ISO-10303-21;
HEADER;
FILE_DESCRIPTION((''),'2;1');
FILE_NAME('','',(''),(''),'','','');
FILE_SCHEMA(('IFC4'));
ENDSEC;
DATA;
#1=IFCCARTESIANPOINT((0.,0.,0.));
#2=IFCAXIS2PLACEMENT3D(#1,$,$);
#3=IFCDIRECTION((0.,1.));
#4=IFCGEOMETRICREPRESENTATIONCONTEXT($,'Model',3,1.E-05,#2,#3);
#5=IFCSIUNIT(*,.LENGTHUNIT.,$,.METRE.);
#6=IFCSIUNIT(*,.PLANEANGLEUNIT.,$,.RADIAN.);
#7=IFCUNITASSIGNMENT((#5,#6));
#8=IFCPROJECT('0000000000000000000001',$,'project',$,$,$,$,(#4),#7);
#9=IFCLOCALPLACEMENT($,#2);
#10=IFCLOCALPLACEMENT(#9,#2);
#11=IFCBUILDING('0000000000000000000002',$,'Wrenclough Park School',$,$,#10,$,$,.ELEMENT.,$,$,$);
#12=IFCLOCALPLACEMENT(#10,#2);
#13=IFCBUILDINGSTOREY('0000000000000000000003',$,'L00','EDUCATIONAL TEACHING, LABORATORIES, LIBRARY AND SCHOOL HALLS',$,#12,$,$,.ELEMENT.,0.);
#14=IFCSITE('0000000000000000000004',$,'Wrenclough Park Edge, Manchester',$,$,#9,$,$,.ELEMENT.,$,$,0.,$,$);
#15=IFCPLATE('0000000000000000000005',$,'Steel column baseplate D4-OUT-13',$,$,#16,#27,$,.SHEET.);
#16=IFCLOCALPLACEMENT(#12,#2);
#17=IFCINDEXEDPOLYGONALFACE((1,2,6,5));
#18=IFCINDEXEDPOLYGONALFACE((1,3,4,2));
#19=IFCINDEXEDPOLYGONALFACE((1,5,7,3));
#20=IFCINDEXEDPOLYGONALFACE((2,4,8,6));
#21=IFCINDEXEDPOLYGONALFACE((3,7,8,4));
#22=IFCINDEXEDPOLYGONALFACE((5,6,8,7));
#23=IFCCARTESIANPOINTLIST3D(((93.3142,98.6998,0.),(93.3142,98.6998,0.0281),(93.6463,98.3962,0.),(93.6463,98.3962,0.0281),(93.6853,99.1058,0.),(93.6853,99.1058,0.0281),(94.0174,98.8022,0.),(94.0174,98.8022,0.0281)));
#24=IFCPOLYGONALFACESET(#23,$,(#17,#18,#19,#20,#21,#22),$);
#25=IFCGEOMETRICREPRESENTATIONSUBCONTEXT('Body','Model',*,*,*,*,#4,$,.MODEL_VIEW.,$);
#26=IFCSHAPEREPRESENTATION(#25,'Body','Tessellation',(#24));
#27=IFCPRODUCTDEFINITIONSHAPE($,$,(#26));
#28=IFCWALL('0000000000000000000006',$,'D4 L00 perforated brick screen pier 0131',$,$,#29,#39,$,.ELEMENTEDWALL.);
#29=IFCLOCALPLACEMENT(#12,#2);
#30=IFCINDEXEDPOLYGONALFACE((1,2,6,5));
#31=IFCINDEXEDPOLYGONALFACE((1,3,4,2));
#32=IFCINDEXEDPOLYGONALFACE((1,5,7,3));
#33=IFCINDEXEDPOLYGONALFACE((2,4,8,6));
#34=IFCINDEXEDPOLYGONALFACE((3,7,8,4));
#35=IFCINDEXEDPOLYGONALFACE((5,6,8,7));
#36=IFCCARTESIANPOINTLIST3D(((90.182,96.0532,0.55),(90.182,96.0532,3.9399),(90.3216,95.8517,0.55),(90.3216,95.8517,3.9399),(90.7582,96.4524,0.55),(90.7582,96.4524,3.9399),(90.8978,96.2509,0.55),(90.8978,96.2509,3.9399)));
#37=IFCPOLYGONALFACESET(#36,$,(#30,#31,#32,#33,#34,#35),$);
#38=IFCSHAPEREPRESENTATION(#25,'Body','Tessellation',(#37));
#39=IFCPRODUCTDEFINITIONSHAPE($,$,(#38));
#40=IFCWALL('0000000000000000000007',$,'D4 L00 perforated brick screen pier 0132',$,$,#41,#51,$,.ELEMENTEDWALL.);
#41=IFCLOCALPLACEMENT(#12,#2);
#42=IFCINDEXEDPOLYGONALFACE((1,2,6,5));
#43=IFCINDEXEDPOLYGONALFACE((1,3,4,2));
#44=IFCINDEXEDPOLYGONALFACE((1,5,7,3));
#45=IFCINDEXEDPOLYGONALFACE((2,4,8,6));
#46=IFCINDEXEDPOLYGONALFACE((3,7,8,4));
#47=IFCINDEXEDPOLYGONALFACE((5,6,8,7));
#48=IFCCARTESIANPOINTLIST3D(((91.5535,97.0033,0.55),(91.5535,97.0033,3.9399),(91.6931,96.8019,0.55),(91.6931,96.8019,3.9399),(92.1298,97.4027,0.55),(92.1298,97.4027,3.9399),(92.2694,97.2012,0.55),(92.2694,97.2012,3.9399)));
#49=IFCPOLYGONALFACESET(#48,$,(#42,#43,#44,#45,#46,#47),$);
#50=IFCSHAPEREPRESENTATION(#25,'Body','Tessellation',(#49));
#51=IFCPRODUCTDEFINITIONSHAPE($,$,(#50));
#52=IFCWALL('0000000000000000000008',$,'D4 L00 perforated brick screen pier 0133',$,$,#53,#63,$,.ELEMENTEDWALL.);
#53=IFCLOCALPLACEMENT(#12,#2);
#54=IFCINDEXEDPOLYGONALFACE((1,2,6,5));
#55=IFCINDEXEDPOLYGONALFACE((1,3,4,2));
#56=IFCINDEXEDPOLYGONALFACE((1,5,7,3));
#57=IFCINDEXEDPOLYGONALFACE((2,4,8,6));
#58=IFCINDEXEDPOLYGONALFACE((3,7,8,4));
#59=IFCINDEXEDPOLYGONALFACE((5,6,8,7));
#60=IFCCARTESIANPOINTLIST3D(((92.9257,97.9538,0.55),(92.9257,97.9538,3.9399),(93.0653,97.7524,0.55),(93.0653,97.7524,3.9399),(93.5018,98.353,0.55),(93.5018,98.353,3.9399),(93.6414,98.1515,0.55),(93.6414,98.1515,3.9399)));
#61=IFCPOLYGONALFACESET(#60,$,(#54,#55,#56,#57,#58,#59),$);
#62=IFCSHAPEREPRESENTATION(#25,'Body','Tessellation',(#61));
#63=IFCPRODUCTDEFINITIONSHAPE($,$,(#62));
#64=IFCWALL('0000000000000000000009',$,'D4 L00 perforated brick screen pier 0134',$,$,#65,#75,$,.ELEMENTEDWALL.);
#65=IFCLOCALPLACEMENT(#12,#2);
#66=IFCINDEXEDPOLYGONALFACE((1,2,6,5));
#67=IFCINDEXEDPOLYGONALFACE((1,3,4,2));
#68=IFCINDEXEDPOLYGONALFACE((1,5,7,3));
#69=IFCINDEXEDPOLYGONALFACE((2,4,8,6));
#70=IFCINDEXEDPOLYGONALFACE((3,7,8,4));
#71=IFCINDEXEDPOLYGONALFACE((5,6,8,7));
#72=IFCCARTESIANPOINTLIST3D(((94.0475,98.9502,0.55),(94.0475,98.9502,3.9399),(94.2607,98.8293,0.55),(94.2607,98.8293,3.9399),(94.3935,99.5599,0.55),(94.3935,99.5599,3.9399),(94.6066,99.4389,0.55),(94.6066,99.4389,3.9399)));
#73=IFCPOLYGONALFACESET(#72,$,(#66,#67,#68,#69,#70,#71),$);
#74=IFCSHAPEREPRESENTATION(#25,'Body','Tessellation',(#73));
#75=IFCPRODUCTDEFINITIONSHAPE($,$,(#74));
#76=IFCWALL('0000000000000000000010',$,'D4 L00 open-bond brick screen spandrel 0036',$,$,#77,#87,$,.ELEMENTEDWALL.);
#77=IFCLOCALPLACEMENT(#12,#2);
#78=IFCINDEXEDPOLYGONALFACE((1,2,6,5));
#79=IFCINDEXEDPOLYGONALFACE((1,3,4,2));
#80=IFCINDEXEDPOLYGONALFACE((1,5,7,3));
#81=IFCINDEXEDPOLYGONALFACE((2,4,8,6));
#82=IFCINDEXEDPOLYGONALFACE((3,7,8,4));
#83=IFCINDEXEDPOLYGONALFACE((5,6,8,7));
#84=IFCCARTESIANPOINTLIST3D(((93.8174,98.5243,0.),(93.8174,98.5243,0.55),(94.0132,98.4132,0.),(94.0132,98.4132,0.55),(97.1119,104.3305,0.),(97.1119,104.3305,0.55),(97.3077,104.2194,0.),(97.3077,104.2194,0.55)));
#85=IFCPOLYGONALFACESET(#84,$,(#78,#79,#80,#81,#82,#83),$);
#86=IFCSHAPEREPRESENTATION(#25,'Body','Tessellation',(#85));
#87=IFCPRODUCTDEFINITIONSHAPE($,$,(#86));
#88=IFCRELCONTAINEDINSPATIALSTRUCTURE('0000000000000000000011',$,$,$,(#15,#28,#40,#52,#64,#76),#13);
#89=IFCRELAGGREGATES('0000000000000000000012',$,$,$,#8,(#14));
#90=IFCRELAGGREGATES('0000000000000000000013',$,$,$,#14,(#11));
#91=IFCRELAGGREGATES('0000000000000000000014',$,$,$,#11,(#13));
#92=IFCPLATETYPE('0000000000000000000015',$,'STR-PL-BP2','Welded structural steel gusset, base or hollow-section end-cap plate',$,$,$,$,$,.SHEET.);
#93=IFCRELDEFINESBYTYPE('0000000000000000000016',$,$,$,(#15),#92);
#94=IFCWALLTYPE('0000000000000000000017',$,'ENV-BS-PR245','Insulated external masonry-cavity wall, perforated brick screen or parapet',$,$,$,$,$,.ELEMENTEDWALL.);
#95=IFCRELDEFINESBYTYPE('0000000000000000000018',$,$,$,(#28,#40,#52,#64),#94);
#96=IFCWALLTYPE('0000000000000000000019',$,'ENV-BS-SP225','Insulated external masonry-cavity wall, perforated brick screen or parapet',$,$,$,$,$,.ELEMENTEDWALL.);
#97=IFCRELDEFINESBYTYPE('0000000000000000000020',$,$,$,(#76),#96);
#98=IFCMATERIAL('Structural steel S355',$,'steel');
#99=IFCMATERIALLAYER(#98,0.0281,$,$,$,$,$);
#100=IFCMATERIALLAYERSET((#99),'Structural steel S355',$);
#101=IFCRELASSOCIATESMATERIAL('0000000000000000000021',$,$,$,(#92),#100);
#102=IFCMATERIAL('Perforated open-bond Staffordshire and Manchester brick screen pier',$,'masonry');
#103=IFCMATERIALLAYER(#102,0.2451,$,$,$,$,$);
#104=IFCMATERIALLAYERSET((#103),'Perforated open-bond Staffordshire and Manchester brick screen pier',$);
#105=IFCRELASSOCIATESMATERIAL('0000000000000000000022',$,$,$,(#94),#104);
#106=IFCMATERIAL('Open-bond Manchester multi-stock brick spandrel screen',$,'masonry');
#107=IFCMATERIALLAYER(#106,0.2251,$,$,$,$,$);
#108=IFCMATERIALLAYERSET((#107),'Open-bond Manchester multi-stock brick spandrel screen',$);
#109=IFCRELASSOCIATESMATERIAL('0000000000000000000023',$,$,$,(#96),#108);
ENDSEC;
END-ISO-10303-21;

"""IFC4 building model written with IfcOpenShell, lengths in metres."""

from ifc_helpers import new_model, si_unit, direction, frame, frame_2d, origin, origin_2d, place, context, subcontext, project, spatial, rectangle, extrude, material, layer, layer_set, type_object, element, save


model = new_model("IFC4")

# Units and contexts
model_context = context("Model", 3, precision=1e-05, world=origin(), true_north=direction((0.0, 1.0)))
body_context = subcontext(model_context, "Body", "Model", "MODEL_VIEW")
ifc_project = project(units=[si_unit("LENGTHUNIT", "METRE"), si_unit("PLANEANGLEUNIT", "RADIAN")], contexts=[model_context])

# Site, building, storey
site_placement = place(None, origin())
site = spatial("IfcSite", under=ifc_project, at=site_placement, Name="Wrenclough Park Edge, Manchester", CompositionType="ELEMENT", RefElevation=0.0)
building_placement = place(site_placement, origin())
building = spatial("IfcBuilding", under=site, at=building_placement, Name="Wrenclough Park School", CompositionType="ELEMENT")
storey_placement = place(building_placement, origin())
storey = spatial("IfcBuildingStorey", under=building, at=storey_placement, Name="L00", Description="EDUCATIONAL TEACHING, LABORATORIES, LIBRARY AND SCHOOL HALLS", CompositionType="ELEMENT", Elevation=0.0)

# Shared definitions
ifc_material_1 = material(Name="Structural steel S355", Category="steel")

# Plate
ifc_layer_1 = layer(ifc_material_1, 0.0281)
ifc_layer_set_1 = layer_set([ifc_layer_1], Name="Structural steel S355")
plate_type_1 = type_object("IfcPlateType", Name="STR-PL-BP2", Description="Welded structural steel gusset, base or hollow-section end-cap plate", PredefinedType="SHEET", material=ifc_layer_set_1)
plate_1_placement = place(storey_placement, frame((93.6658, 98.751, 0.0), z_axis=(0.0, 0.0, 1.0), x_axis=(0.674689, 0.738102, 0.0)))
element("IfcPlate", 1, at=plate_1_placement, inside=storey, type_object=plate_type_1, Name="Steel column baseplate D4-OUT-13", PredefinedType="SHEET", context=body_context, shape_type="SweptSolid", body=[
    extrude(rectangle(XDim=0.55, YDim=0.45, at=origin_2d()), origin(), (0.0, 0.0, 1.0), 0.0281),
])

# Walls
ifc_material_2 = material(Name="Perforated open-bond Staffordshire and Manchester brick screen pier", Category="masonry")
ifc_layer_2 = layer(ifc_material_2, 0.2451)
ifc_layer_set_2 = layer_set([ifc_layer_2], Name="Perforated open-bond Staffordshire and Manchester brick screen pier")
wall_type_1 = type_object("IfcWallType", Name="ENV-BS-PR245", Description="Insulated external masonry-cavity wall, perforated brick screen or parapet", PredefinedType="ELEMENTEDWALL", material=ifc_layer_set_2)
wall_1_placement = place(storey_placement, frame((90.2517, 95.9524, 0.55), z_axis=(0.0, 0.0, 1.0), x_axis=(0.822004, 0.569482, 0.0)))
element("IfcWall", 2, at=wall_1_placement, inside=storey, type_object=wall_type_1, Name="D4 L00 perforated brick screen pier 0131", PredefinedType="ELEMENTEDWALL", context=body_context, shape_type="SweptSolid", body=[
    extrude(rectangle(XDim=0.7009, YDim=0.2451, at=frame_2d((0.3506, 0.0))), origin(), (0.0, 0.0, 1.0), 3.3899),
])
wall_2_placement = place(storey_placement, frame((91.6233, 96.9026, 0.55), z_axis=(0.0, 0.0, 1.0), x_axis=(0.821954, 0.569554, 0.0)))
element("IfcWall", 3, at=wall_2_placement, inside=storey, type_object=wall_type_1, Name="D4 L00 perforated brick screen pier 0132", PredefinedType="ELEMENTEDWALL", context=body_context, shape_type="SweptSolid", body=[
    extrude(rectangle(XDim=0.7012, YDim=0.2451, at=frame_2d((0.3506, 0.0))), origin(), (0.0, 0.0, 1.0), 3.3899),
])
for number, where, z_axis, x_axis, name in (
    (4, (92.9954, 97.853, 0.55), (0.0, 0.0, 1.0), (0.822004, 0.569482, 0.0), "D4 L00 perforated brick screen pier 0133"),
    (5, (94.1541, 98.8896, 0.55), (0.0, 0.0, 1.0), (0.493549, 0.869718, 0.0), "D4 L00 perforated brick screen pier 0134"),
):
    element("IfcWall", number, at=place(storey_placement, frame(where, z_axis=z_axis, x_axis=x_axis)), inside=storey, type_object=wall_type_1, Name=name, PredefinedType="ELEMENTEDWALL", context=body_context, shape_type="SweptSolid", body=[
        extrude(rectangle(XDim=0.7009, YDim=0.2451, at=frame_2d((0.3506, 0.0))), origin(), (0.0, 0.0, 1.0), 3.3899),
    ])
ifc_material_3 = material(Name="Open-bond Manchester multi-stock brick spandrel screen", Category="masonry")
ifc_layer_3 = layer(ifc_material_3, 0.2251)
ifc_layer_set_3 = layer_set([ifc_layer_3], Name="Open-bond Manchester multi-stock brick spandrel screen")
wall_type_2 = type_object("IfcWallType", Name="ENV-BS-SP225", Description="Insulated external masonry-cavity wall, perforated brick screen or parapet", PredefinedType="ELEMENTEDWALL", material=ifc_layer_set_3)
wall_3_placement = place(storey_placement, frame((93.9153, 98.4688, 0.0), z_axis=(0.0, 0.0, 1.0), x_axis=(0.493498, 0.869747, 0.0)))
element("IfcWall", 6, at=wall_3_placement, inside=storey, type_object=wall_type_2, Name="D4 L00 open-bond brick screen spandrel 0036", PredefinedType="ELEMENTEDWALL", context=body_context, shape_type="SweptSolid", body=[
    extrude(rectangle(XDim=6.6758, YDim=0.2251, at=frame_2d((3.3379, 0.0))), origin(), (0.0, 0.0, 1.0), 0.55),
])

save(model, "model.ifc")
